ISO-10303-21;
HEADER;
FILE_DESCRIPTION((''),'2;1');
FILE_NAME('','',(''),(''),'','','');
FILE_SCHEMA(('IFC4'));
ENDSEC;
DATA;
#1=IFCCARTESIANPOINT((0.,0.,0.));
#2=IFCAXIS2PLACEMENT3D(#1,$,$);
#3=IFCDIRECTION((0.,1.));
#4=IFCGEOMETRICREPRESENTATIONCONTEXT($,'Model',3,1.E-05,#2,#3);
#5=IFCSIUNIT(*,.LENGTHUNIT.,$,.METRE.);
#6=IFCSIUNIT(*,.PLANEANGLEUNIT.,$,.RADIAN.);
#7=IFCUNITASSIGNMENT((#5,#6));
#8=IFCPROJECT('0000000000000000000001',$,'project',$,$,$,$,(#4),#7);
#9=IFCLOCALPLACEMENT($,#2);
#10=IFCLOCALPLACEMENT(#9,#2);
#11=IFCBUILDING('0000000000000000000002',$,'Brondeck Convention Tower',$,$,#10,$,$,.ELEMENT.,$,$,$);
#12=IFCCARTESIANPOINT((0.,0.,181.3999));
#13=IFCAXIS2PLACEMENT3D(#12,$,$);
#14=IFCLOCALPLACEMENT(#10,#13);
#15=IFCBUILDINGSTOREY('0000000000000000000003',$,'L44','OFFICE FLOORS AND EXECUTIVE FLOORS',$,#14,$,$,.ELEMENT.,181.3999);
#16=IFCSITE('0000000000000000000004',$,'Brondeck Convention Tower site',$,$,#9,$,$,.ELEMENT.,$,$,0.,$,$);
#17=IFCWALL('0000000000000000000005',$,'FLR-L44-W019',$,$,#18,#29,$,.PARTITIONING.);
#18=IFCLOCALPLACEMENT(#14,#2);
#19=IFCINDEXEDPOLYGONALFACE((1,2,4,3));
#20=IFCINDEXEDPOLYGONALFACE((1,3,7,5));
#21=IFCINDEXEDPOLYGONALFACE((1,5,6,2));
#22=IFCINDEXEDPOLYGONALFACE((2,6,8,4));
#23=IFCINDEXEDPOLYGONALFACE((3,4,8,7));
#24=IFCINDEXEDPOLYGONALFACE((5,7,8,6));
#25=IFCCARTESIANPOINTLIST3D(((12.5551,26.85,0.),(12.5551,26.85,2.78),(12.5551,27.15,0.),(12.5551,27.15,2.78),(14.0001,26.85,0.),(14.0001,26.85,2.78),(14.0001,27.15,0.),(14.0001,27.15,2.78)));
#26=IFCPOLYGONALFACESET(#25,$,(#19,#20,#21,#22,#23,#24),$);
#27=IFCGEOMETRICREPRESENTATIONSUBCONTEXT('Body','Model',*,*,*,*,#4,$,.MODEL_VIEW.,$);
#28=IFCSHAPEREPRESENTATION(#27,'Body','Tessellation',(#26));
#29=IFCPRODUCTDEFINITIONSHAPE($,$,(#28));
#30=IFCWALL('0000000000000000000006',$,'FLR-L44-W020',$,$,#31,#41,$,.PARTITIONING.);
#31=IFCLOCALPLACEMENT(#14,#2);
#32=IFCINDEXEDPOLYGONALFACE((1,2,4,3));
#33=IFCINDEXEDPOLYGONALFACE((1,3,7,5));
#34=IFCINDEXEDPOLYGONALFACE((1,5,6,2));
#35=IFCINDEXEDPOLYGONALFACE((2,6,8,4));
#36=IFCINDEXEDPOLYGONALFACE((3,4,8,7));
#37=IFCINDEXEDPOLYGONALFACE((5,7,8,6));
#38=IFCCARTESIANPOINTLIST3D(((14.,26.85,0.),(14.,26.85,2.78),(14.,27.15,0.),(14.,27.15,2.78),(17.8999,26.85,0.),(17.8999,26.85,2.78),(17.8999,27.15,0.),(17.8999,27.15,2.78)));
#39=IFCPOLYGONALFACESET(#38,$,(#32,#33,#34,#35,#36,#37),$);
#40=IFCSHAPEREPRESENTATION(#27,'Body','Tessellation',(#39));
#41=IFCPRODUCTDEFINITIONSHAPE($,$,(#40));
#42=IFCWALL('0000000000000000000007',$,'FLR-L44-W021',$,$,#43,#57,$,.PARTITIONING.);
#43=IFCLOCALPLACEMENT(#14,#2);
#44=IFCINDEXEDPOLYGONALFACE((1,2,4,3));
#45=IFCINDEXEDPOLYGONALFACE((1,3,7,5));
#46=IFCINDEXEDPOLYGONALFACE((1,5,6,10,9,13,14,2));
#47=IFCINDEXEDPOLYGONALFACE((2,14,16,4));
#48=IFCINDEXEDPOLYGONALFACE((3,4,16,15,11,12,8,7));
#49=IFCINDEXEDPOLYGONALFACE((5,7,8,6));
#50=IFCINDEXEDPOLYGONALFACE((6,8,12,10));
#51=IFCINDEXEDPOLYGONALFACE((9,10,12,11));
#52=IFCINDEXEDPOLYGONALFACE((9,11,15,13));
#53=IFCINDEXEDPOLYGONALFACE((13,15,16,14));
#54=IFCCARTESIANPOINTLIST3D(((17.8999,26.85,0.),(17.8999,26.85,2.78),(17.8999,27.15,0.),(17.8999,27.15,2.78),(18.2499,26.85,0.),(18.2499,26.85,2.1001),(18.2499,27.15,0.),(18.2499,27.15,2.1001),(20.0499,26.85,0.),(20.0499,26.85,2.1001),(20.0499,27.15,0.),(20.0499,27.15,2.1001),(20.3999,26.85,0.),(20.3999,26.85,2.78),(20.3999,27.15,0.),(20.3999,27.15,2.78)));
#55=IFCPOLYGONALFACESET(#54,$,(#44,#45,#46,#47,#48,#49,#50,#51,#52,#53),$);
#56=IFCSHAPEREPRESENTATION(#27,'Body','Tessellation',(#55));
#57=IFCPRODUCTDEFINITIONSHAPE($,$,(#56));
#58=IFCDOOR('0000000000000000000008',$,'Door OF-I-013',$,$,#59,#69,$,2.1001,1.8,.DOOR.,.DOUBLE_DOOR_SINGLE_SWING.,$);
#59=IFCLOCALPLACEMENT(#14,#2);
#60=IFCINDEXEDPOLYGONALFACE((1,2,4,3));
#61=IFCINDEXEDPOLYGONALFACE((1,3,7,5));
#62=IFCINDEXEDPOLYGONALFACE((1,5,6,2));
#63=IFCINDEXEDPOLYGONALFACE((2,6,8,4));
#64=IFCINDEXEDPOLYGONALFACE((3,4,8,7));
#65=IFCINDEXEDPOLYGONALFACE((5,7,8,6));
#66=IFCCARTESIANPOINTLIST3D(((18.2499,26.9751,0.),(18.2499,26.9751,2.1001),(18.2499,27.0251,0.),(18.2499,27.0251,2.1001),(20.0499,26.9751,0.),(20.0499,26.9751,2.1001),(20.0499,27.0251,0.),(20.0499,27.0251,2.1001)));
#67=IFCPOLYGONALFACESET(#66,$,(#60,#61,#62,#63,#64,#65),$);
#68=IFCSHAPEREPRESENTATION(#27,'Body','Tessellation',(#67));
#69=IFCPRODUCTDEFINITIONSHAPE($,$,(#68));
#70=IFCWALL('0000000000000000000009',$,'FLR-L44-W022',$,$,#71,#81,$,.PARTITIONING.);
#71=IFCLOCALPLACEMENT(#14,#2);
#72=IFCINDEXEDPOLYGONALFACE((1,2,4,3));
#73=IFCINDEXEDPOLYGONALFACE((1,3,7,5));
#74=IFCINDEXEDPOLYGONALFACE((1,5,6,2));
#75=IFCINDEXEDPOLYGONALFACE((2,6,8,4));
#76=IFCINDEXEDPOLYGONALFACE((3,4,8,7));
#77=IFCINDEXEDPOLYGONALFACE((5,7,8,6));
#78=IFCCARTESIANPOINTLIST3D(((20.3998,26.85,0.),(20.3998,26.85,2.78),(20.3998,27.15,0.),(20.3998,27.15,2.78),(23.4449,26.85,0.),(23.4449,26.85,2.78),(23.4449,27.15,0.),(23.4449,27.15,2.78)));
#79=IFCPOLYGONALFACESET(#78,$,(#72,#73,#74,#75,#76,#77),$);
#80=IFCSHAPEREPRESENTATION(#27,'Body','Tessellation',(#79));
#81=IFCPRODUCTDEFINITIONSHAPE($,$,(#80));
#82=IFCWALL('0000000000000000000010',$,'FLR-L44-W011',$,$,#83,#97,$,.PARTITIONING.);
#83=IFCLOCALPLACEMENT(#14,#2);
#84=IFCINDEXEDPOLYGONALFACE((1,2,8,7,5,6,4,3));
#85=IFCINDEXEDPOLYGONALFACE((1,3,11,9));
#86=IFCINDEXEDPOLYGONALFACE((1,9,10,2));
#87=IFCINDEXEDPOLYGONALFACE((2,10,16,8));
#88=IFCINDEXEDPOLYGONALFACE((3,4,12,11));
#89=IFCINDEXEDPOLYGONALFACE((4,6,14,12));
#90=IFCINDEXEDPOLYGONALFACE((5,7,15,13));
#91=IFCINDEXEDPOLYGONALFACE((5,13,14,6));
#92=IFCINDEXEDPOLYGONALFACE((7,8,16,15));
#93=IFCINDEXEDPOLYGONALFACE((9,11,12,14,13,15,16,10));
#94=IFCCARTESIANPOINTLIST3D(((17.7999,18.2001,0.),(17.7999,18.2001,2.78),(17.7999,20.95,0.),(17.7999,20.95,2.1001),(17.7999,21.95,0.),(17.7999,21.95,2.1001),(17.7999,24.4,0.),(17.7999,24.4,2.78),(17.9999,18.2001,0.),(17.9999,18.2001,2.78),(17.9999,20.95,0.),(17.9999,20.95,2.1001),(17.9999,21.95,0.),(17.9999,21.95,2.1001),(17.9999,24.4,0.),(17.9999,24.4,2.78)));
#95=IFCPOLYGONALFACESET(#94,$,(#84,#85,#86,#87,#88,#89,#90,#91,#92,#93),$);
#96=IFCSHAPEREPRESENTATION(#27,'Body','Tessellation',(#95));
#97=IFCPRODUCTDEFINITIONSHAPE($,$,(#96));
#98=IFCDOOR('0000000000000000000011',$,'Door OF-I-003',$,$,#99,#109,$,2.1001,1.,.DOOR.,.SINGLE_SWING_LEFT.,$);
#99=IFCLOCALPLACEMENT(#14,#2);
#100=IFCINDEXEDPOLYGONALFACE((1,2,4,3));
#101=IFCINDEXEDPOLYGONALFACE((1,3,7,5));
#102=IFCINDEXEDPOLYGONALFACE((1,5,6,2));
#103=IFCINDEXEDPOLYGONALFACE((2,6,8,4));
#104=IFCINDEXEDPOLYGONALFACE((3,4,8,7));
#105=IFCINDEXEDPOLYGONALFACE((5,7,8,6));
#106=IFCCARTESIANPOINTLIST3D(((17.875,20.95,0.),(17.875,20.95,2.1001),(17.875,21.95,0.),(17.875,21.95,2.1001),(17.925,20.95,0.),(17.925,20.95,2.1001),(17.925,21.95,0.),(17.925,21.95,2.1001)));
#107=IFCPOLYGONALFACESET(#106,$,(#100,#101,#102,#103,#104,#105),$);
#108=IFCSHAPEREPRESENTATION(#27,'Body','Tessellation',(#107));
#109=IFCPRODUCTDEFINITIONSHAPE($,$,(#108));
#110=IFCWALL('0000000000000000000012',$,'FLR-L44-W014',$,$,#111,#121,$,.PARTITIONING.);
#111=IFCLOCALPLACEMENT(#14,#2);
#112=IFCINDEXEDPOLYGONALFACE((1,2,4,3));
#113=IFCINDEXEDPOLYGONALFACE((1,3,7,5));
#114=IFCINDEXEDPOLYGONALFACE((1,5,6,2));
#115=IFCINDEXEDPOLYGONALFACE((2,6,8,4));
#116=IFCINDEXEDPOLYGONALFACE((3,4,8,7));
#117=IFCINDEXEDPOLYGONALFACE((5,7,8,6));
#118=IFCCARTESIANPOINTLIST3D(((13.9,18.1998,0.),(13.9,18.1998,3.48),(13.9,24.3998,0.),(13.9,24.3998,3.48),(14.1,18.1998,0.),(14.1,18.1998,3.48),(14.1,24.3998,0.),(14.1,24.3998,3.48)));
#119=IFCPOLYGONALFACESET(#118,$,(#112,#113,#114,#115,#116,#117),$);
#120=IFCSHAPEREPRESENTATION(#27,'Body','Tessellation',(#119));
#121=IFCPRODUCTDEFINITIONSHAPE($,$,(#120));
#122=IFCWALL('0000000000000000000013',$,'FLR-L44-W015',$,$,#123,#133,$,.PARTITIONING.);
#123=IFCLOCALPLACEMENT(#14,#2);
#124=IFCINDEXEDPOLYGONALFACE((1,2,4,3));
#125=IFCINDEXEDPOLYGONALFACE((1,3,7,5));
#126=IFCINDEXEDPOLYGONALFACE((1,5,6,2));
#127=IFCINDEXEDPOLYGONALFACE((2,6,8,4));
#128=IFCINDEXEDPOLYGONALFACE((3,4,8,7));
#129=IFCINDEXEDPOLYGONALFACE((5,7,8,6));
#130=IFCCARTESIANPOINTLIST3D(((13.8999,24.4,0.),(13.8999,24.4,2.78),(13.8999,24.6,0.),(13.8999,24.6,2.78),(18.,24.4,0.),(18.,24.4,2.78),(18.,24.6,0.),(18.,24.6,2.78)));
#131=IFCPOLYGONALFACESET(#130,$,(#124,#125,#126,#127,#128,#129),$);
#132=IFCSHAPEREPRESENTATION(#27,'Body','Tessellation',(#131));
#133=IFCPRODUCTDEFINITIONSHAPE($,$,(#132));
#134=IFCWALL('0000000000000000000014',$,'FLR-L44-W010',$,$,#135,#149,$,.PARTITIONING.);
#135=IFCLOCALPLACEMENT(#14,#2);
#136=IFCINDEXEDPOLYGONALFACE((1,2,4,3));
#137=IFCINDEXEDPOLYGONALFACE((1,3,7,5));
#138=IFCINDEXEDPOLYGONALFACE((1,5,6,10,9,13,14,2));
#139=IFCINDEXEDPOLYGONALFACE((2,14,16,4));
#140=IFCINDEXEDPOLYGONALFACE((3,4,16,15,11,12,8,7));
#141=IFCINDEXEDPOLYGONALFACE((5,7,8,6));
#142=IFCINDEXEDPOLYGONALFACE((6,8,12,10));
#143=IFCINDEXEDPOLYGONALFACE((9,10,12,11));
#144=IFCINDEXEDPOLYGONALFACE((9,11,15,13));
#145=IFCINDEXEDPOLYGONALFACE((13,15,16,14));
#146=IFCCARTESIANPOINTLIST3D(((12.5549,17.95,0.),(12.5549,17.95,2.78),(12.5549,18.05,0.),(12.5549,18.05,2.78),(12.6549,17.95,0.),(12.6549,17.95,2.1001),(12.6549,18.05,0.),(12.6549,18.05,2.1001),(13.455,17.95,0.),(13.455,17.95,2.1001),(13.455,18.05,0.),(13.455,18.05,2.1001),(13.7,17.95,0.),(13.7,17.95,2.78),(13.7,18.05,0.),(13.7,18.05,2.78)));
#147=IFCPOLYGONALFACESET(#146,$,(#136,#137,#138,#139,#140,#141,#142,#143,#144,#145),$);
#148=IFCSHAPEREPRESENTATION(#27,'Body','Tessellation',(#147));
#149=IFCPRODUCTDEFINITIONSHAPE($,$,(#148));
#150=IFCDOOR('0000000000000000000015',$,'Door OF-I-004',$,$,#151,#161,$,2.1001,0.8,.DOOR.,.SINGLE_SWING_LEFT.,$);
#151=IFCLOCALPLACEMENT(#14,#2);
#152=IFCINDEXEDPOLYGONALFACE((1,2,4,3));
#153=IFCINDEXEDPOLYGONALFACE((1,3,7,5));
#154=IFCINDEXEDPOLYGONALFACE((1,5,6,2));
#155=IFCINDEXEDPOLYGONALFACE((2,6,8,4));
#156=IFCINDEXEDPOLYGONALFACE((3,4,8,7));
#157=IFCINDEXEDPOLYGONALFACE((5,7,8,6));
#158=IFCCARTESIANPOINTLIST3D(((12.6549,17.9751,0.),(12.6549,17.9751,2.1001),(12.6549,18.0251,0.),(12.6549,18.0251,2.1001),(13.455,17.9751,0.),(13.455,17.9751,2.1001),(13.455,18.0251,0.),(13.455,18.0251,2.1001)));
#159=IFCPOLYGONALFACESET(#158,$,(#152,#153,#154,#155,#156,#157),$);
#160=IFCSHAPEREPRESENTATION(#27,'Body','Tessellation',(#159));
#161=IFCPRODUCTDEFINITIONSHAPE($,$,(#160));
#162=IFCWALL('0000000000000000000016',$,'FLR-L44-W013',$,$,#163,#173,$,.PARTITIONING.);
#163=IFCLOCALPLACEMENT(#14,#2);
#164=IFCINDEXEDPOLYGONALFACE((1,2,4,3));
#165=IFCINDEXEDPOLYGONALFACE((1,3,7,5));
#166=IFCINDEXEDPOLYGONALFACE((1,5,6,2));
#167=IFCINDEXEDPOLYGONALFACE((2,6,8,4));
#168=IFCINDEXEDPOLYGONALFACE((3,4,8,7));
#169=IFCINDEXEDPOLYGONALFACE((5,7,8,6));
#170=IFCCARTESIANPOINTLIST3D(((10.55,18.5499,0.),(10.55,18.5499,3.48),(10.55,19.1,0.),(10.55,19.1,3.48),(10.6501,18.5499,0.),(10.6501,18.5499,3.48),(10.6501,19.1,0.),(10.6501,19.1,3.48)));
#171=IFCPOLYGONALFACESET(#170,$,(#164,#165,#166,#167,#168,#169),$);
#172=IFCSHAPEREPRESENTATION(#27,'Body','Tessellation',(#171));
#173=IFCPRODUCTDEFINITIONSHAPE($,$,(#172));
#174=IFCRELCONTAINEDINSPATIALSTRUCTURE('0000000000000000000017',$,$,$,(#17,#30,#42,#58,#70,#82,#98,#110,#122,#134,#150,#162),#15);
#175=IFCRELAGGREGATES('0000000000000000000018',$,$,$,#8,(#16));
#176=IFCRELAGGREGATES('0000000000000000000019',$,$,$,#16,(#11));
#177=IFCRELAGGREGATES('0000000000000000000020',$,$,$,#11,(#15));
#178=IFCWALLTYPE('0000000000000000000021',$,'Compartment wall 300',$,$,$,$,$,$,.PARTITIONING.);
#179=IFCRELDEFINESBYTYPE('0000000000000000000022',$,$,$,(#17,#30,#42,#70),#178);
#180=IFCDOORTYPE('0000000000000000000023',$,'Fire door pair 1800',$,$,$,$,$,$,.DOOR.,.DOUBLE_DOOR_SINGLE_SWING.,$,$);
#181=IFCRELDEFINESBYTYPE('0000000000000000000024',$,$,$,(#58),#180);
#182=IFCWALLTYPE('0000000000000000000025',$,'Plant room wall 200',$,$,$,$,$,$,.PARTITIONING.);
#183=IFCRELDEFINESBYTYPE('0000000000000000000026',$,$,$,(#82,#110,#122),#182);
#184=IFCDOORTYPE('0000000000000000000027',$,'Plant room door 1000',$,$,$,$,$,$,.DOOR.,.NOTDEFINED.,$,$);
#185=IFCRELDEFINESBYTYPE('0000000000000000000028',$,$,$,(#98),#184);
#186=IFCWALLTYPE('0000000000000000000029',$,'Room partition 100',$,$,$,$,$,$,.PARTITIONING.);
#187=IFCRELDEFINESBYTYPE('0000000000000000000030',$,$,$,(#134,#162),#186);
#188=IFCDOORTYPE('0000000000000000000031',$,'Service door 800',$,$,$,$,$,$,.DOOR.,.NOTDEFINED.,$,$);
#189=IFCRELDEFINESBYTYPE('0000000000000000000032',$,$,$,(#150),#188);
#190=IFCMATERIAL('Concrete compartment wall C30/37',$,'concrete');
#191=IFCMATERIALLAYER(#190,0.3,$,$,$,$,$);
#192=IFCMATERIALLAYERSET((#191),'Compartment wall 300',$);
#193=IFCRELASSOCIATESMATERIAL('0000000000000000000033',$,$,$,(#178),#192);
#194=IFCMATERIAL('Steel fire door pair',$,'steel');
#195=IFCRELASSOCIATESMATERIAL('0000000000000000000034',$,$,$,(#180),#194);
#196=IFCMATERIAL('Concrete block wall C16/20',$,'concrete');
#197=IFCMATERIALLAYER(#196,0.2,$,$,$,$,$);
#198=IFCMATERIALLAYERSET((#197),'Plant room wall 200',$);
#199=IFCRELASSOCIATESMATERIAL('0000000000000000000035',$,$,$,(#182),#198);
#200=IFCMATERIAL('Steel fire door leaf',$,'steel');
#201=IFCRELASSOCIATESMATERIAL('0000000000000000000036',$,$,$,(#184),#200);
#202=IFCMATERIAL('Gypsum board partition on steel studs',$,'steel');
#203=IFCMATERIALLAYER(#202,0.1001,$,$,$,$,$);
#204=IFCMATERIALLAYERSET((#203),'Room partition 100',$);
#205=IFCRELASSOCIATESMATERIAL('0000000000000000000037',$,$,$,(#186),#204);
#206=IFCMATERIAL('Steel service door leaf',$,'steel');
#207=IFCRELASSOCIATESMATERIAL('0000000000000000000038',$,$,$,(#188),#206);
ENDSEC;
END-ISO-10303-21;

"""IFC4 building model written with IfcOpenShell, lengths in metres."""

from ifc_helpers import new_model, si_unit, direction, frame, frame_2d, origin, place, context, subcontext, project, spatial, rectangle, extrude, material, layer, layer_set, type_object, element, fill, save


model = new_model("IFC4")

# Units and contexts
model_context = context("Model", 3, precision=1e-05, world=origin(), true_north=direction((0.0, 1.0)))
body_context = subcontext(model_context, "Body", "Model", "MODEL_VIEW")
ifc_project = project(units=[si_unit("LENGTHUNIT", "METRE"), si_unit("PLANEANGLEUNIT", "RADIAN")], contexts=[model_context])

# Site, building, storey
site_placement = place(None, origin())
site = spatial("IfcSite", under=ifc_project, at=site_placement, Name="Brondeck Convention Tower site", CompositionType="ELEMENT", RefElevation=0.0)
building_placement = place(site_placement, origin())
building = spatial("IfcBuilding", under=site, at=building_placement, Name="Brondeck Convention Tower", CompositionType="ELEMENT")
storey_placement = place(building_placement, frame((0.0, 0.0, 181.3999)))
storey = spatial("IfcBuildingStorey", under=building, at=storey_placement, Name="L44", Description="OFFICE FLOORS AND EXECUTIVE FLOORS", CompositionType="ELEMENT", Elevation=181.3999)

# Walls
ifc_material_1 = material(Name="Concrete compartment wall C30/37", Category="concrete")
ifc_layer_1 = layer(ifc_material_1, 0.3)
ifc_layer_set_1 = layer_set([ifc_layer_1], Name="Compartment wall 300")
wall_type_1 = type_object("IfcWallType", Name="Compartment wall 300", PredefinedType="PARTITIONING", material=ifc_layer_set_1)
wall_1_placement = place(storey_placement, frame((12.5549, 27.0, 0.0), z_axis=(0.0, 0.0, 1.0), x_axis=(1.0, 0.0, 0.0)))
element("IfcWall", 1, at=wall_1_placement, inside=storey, type_object=wall_type_1, Name="FLR-L44-W019", PredefinedType="PARTITIONING", context=body_context, shape_type="SweptSolid", body=[
    extrude(rectangle(XDim=1.4451, YDim=0.3, at=frame_2d((0.7227, 0.0))), origin(), (0.0, 0.0, 1.0), 2.78),
])
wall_2_placement = place(storey_placement, frame((14.0, 27.0, 0.0), z_axis=(0.0, 0.0, 1.0), x_axis=(1.0, 0.0, 0.0)))
element("IfcWall", 2, at=wall_2_placement, inside=storey, type_object=wall_type_1, Name="FLR-L44-W020", PredefinedType="PARTITIONING", context=body_context, shape_type="SweptSolid", body=[
    extrude(rectangle(XDim=3.8999, YDim=0.3, at=frame_2d((1.95, 0.0))), origin(), (0.0, 0.0, 1.0), 2.78),
])

# Wall, opening, door
wall_3_placement = place(storey_placement, frame((20.3999, 27.0, 0.0), z_axis=(0.0, 0.0, 1.0), x_axis=(-1.0, 0.0, 0.0)))
wall_3 = element("IfcWall", 3, at=wall_3_placement, inside=storey, type_object=wall_type_1, Name="FLR-L44-W021", PredefinedType="PARTITIONING", context=body_context, shape_type="SweptSolid", body=[
    extrude(rectangle(XDim=2.5, YDim=0.3, at=frame_2d((1.25, 0.0))), origin(), (0.0, 0.0, 1.0), 2.78),
])
opening_1_placement = place(wall_3_placement, frame((0.3501, 0.0, 0.0)))
opening_1 = element("IfcOpeningElement", 4, at=opening_1_placement, cuts=wall_3, PredefinedType="OPENING", context=body_context, shape_type="SweptSolid", body=[
    extrude(rectangle(XDim=1.8, YDim=2.1001, at=frame_2d((0.8999, 1.05))), frame((0.0, 0.1599, 0.0), z_axis=(0.0, -1.0, 0.0), x_axis=(1.0, 0.0, 0.0)), (0.0, 0.0, 1.0), 0.3201),
])
ifc_material_2 = material(Name="Steel fire door pair", Category="steel")
door_type_1 = type_object("IfcDoorType", Name="Fire door pair 1800", OperationType="DOUBLE_DOOR_SINGLE_SWING", PredefinedType="DOOR", material=ifc_material_2)
door_1_placement = place(opening_1_placement, origin())
door_1 = element("IfcDoor", 5, at=door_1_placement, inside=storey, type_object=door_type_1, Name="Door OF-I-013", OperationType="DOUBLE_DOOR_SINGLE_SWING", OverallHeight=2.1001, OverallWidth=1.8, PredefinedType="DOOR", context=body_context, shape_type="SweptSolid", body=[
    extrude(rectangle(XDim=1.8, YDim=2.1001, at=frame_2d((0.8999, 1.05))), frame((0.0, 0.0249, 0.0), z_axis=(0.0, -1.0, 0.0), x_axis=(1.0, 0.0, 0.0)), (0.0, 0.0, 1.0), 0.05),
])
fill(opening_1, door_1)

# Wall
wall_4_placement = place(storey_placement, frame((20.3999, 27.0, 0.0), z_axis=(0.0, 0.0, 1.0), x_axis=(1.0, 0.0, 0.0)))
element("IfcWall", 6, at=wall_4_placement, inside=storey, type_object=wall_type_1, Name="FLR-L44-W022", PredefinedType="PARTITIONING", context=body_context, shape_type="SweptSolid", body=[
    extrude(rectangle(XDim=3.0452, YDim=0.3, at=frame_2d((1.5225, 0.0))), origin(), (0.0, 0.0, 1.0), 2.78),
])

# Wall, opening, door
ifc_material_3 = material(Name="Concrete block wall C16/20", Category="concrete")
ifc_layer_2 = layer(ifc_material_3, 0.2)
ifc_layer_set_2 = layer_set([ifc_layer_2], Name="Plant room wall 200")
wall_type_2 = type_object("IfcWallType", Name="Plant room wall 200", PredefinedType="PARTITIONING", material=ifc_layer_set_2)
wall_5_placement = place(storey_placement, frame((17.8999, 18.2, 0.0), z_axis=(0.0, 0.0, 1.0), x_axis=(0.0, 1.0, 0.0)))
wall_5 = element("IfcWall", 7, at=wall_5_placement, inside=storey, type_object=wall_type_2, Name="FLR-L44-W011", PredefinedType="PARTITIONING", context=body_context, shape_type="SweptSolid", body=[
    extrude(rectangle(XDim=6.2, YDim=0.2, at=frame_2d((3.1001, 0.0))), origin(), (0.0, 0.0, 1.0), 2.78),
])
opening_2_placement = place(wall_5_placement, frame((2.75, 0.0, 0.0)))
opening_2 = element("IfcOpeningElement", 8, at=opening_2_placement, cuts=wall_5, PredefinedType="OPENING", context=body_context, shape_type="SweptSolid", body=[
    extrude(rectangle(XDim=1.0, YDim=2.1001, at=frame_2d((0.5, 1.05))), frame((0.0, 0.1099, 0.0), z_axis=(0.0, -1.0, 0.0), x_axis=(1.0, 0.0, 0.0)), (0.0, 0.0, 1.0), 0.22),
])
ifc_material_4 = material(Name="Steel fire door leaf", Category="steel")
door_type_2 = type_object("IfcDoorType", Name="Plant room door 1000", OperationType="NOTDEFINED", PredefinedType="DOOR", material=ifc_material_4)
door_2_placement = place(opening_2_placement, origin())
door_2 = element("IfcDoor", 9, at=door_2_placement, inside=storey, type_object=door_type_2, Name="Door OF-I-003", OperationType="SINGLE_SWING_LEFT", OverallHeight=2.1001, OverallWidth=1.0, PredefinedType="DOOR", context=body_context, shape_type="SweptSolid", body=[
    extrude(rectangle(XDim=1.0, YDim=2.1001, at=frame_2d((0.5, 1.05))), frame((0.0, 0.0249, 0.0), z_axis=(0.0, -1.0, 0.0), x_axis=(1.0, 0.0, 0.0)), (0.0, 0.0, 1.0), 0.05),
])
fill(opening_2, door_2)

# Walls
wall_6_placement = place(storey_placement, frame((14.0, 24.3999, 0.0), z_axis=(0.0, 0.0, 1.0), x_axis=(0.0, -1.0, 0.0)))
element("IfcWall", 10, at=wall_6_placement, inside=storey, type_object=wall_type_2, Name="FLR-L44-W014", PredefinedType="PARTITIONING", context=body_context, shape_type="SweptSolid", body=[
    extrude(rectangle(XDim=6.2, YDim=0.2, at=frame_2d((3.1001, 0.0))), origin(), (0.0, 0.0, 1.0), 3.48),
])
wall_7_placement = place(storey_placement, frame((18.0, 24.5, 0.0), z_axis=(0.0, 0.0, 1.0), x_axis=(-1.0, 0.0, 0.0)))
element("IfcWall", 11, at=wall_7_placement, inside=storey, type_object=wall_type_2, Name="FLR-L44-W015", PredefinedType="PARTITIONING", context=body_context, shape_type="SweptSolid", body=[
    extrude(rectangle(XDim=4.1001, YDim=0.2, at=frame_2d((2.05, 0.0))), origin(), (0.0, 0.0, 1.0), 2.78),
])

# Wall, opening, door
ifc_material_5 = material(Name="Gypsum board partition on steel studs", Category="steel")
ifc_layer_3 = layer(ifc_material_5, 0.1001)
ifc_layer_set_3 = layer_set([ifc_layer_3], Name="Room partition 100")
wall_type_3 = type_object("IfcWallType", Name="Room partition 100", PredefinedType="PARTITIONING", material=ifc_layer_set_3)
wall_8_placement = place(storey_placement, frame((13.7, 18.0, 0.0), z_axis=(0.0, 0.0, 1.0), x_axis=(-1.0, 0.0, 0.0)))
wall_8 = element("IfcWall", 12, at=wall_8_placement, inside=storey, type_object=wall_type_3, Name="FLR-L44-W010", PredefinedType="PARTITIONING", context=body_context, shape_type="SweptSolid", body=[
    extrude(rectangle(XDim=1.145, YDim=0.1001, at=frame_2d((0.5725, 0.0))), origin(), (0.0, 0.0, 1.0), 2.78),
])
opening_3_placement = place(wall_8_placement, frame((0.2451, 0.0, 0.0)))
opening_3 = element("IfcOpeningElement", 13, at=opening_3_placement, cuts=wall_8, PredefinedType="OPENING", context=body_context, shape_type="SweptSolid", body=[
    extrude(rectangle(XDim=0.8, YDim=2.1001, at=frame_2d((0.3999, 1.05))), frame((0.0, 0.0601, 0.0), z_axis=(0.0, -1.0, 0.0), x_axis=(1.0, 0.0, 0.0)), (0.0, 0.0, 1.0), 0.1201),
])
ifc_material_6 = material(Name="Steel service door leaf", Category="steel")
door_type_3 = type_object("IfcDoorType", Name="Service door 800", OperationType="NOTDEFINED", PredefinedType="DOOR", material=ifc_material_6)
door_3_placement = place(opening_3_placement, origin())
door_3 = element("IfcDoor", 14, at=door_3_placement, inside=storey, type_object=door_type_3, Name="Door OF-I-004", OperationType="SINGLE_SWING_LEFT", OverallHeight=2.1001, OverallWidth=0.8, PredefinedType="DOOR", context=body_context, shape_type="SweptSolid", body=[
    extrude(rectangle(XDim=0.8, YDim=2.1001, at=frame_2d((0.3999, 1.05))), frame((0.0, 0.0249, 0.0), z_axis=(0.0, -1.0, 0.0), x_axis=(1.0, 0.0, 0.0)), (0.0, 0.0, 1.0), 0.05),
])
fill(opening_3, door_3)

# Wall
wall_9_placement = place(storey_placement, frame((10.6001, 18.55, 0.0), z_axis=(0.0, 0.0, 1.0), x_axis=(0.0, 1.0, 0.0)))
element("IfcWall", 15, at=wall_9_placement, inside=storey, type_object=wall_type_3, Name="FLR-L44-W013", PredefinedType="PARTITIONING", context=body_context, shape_type="SweptSolid", body=[
    extrude(rectangle(XDim=0.55, YDim=0.1001, at=frame_2d((0.2749, 0.0))), origin(), (0.0, 0.0, 1.0), 3.48),
])

save(model, "model.ifc")
